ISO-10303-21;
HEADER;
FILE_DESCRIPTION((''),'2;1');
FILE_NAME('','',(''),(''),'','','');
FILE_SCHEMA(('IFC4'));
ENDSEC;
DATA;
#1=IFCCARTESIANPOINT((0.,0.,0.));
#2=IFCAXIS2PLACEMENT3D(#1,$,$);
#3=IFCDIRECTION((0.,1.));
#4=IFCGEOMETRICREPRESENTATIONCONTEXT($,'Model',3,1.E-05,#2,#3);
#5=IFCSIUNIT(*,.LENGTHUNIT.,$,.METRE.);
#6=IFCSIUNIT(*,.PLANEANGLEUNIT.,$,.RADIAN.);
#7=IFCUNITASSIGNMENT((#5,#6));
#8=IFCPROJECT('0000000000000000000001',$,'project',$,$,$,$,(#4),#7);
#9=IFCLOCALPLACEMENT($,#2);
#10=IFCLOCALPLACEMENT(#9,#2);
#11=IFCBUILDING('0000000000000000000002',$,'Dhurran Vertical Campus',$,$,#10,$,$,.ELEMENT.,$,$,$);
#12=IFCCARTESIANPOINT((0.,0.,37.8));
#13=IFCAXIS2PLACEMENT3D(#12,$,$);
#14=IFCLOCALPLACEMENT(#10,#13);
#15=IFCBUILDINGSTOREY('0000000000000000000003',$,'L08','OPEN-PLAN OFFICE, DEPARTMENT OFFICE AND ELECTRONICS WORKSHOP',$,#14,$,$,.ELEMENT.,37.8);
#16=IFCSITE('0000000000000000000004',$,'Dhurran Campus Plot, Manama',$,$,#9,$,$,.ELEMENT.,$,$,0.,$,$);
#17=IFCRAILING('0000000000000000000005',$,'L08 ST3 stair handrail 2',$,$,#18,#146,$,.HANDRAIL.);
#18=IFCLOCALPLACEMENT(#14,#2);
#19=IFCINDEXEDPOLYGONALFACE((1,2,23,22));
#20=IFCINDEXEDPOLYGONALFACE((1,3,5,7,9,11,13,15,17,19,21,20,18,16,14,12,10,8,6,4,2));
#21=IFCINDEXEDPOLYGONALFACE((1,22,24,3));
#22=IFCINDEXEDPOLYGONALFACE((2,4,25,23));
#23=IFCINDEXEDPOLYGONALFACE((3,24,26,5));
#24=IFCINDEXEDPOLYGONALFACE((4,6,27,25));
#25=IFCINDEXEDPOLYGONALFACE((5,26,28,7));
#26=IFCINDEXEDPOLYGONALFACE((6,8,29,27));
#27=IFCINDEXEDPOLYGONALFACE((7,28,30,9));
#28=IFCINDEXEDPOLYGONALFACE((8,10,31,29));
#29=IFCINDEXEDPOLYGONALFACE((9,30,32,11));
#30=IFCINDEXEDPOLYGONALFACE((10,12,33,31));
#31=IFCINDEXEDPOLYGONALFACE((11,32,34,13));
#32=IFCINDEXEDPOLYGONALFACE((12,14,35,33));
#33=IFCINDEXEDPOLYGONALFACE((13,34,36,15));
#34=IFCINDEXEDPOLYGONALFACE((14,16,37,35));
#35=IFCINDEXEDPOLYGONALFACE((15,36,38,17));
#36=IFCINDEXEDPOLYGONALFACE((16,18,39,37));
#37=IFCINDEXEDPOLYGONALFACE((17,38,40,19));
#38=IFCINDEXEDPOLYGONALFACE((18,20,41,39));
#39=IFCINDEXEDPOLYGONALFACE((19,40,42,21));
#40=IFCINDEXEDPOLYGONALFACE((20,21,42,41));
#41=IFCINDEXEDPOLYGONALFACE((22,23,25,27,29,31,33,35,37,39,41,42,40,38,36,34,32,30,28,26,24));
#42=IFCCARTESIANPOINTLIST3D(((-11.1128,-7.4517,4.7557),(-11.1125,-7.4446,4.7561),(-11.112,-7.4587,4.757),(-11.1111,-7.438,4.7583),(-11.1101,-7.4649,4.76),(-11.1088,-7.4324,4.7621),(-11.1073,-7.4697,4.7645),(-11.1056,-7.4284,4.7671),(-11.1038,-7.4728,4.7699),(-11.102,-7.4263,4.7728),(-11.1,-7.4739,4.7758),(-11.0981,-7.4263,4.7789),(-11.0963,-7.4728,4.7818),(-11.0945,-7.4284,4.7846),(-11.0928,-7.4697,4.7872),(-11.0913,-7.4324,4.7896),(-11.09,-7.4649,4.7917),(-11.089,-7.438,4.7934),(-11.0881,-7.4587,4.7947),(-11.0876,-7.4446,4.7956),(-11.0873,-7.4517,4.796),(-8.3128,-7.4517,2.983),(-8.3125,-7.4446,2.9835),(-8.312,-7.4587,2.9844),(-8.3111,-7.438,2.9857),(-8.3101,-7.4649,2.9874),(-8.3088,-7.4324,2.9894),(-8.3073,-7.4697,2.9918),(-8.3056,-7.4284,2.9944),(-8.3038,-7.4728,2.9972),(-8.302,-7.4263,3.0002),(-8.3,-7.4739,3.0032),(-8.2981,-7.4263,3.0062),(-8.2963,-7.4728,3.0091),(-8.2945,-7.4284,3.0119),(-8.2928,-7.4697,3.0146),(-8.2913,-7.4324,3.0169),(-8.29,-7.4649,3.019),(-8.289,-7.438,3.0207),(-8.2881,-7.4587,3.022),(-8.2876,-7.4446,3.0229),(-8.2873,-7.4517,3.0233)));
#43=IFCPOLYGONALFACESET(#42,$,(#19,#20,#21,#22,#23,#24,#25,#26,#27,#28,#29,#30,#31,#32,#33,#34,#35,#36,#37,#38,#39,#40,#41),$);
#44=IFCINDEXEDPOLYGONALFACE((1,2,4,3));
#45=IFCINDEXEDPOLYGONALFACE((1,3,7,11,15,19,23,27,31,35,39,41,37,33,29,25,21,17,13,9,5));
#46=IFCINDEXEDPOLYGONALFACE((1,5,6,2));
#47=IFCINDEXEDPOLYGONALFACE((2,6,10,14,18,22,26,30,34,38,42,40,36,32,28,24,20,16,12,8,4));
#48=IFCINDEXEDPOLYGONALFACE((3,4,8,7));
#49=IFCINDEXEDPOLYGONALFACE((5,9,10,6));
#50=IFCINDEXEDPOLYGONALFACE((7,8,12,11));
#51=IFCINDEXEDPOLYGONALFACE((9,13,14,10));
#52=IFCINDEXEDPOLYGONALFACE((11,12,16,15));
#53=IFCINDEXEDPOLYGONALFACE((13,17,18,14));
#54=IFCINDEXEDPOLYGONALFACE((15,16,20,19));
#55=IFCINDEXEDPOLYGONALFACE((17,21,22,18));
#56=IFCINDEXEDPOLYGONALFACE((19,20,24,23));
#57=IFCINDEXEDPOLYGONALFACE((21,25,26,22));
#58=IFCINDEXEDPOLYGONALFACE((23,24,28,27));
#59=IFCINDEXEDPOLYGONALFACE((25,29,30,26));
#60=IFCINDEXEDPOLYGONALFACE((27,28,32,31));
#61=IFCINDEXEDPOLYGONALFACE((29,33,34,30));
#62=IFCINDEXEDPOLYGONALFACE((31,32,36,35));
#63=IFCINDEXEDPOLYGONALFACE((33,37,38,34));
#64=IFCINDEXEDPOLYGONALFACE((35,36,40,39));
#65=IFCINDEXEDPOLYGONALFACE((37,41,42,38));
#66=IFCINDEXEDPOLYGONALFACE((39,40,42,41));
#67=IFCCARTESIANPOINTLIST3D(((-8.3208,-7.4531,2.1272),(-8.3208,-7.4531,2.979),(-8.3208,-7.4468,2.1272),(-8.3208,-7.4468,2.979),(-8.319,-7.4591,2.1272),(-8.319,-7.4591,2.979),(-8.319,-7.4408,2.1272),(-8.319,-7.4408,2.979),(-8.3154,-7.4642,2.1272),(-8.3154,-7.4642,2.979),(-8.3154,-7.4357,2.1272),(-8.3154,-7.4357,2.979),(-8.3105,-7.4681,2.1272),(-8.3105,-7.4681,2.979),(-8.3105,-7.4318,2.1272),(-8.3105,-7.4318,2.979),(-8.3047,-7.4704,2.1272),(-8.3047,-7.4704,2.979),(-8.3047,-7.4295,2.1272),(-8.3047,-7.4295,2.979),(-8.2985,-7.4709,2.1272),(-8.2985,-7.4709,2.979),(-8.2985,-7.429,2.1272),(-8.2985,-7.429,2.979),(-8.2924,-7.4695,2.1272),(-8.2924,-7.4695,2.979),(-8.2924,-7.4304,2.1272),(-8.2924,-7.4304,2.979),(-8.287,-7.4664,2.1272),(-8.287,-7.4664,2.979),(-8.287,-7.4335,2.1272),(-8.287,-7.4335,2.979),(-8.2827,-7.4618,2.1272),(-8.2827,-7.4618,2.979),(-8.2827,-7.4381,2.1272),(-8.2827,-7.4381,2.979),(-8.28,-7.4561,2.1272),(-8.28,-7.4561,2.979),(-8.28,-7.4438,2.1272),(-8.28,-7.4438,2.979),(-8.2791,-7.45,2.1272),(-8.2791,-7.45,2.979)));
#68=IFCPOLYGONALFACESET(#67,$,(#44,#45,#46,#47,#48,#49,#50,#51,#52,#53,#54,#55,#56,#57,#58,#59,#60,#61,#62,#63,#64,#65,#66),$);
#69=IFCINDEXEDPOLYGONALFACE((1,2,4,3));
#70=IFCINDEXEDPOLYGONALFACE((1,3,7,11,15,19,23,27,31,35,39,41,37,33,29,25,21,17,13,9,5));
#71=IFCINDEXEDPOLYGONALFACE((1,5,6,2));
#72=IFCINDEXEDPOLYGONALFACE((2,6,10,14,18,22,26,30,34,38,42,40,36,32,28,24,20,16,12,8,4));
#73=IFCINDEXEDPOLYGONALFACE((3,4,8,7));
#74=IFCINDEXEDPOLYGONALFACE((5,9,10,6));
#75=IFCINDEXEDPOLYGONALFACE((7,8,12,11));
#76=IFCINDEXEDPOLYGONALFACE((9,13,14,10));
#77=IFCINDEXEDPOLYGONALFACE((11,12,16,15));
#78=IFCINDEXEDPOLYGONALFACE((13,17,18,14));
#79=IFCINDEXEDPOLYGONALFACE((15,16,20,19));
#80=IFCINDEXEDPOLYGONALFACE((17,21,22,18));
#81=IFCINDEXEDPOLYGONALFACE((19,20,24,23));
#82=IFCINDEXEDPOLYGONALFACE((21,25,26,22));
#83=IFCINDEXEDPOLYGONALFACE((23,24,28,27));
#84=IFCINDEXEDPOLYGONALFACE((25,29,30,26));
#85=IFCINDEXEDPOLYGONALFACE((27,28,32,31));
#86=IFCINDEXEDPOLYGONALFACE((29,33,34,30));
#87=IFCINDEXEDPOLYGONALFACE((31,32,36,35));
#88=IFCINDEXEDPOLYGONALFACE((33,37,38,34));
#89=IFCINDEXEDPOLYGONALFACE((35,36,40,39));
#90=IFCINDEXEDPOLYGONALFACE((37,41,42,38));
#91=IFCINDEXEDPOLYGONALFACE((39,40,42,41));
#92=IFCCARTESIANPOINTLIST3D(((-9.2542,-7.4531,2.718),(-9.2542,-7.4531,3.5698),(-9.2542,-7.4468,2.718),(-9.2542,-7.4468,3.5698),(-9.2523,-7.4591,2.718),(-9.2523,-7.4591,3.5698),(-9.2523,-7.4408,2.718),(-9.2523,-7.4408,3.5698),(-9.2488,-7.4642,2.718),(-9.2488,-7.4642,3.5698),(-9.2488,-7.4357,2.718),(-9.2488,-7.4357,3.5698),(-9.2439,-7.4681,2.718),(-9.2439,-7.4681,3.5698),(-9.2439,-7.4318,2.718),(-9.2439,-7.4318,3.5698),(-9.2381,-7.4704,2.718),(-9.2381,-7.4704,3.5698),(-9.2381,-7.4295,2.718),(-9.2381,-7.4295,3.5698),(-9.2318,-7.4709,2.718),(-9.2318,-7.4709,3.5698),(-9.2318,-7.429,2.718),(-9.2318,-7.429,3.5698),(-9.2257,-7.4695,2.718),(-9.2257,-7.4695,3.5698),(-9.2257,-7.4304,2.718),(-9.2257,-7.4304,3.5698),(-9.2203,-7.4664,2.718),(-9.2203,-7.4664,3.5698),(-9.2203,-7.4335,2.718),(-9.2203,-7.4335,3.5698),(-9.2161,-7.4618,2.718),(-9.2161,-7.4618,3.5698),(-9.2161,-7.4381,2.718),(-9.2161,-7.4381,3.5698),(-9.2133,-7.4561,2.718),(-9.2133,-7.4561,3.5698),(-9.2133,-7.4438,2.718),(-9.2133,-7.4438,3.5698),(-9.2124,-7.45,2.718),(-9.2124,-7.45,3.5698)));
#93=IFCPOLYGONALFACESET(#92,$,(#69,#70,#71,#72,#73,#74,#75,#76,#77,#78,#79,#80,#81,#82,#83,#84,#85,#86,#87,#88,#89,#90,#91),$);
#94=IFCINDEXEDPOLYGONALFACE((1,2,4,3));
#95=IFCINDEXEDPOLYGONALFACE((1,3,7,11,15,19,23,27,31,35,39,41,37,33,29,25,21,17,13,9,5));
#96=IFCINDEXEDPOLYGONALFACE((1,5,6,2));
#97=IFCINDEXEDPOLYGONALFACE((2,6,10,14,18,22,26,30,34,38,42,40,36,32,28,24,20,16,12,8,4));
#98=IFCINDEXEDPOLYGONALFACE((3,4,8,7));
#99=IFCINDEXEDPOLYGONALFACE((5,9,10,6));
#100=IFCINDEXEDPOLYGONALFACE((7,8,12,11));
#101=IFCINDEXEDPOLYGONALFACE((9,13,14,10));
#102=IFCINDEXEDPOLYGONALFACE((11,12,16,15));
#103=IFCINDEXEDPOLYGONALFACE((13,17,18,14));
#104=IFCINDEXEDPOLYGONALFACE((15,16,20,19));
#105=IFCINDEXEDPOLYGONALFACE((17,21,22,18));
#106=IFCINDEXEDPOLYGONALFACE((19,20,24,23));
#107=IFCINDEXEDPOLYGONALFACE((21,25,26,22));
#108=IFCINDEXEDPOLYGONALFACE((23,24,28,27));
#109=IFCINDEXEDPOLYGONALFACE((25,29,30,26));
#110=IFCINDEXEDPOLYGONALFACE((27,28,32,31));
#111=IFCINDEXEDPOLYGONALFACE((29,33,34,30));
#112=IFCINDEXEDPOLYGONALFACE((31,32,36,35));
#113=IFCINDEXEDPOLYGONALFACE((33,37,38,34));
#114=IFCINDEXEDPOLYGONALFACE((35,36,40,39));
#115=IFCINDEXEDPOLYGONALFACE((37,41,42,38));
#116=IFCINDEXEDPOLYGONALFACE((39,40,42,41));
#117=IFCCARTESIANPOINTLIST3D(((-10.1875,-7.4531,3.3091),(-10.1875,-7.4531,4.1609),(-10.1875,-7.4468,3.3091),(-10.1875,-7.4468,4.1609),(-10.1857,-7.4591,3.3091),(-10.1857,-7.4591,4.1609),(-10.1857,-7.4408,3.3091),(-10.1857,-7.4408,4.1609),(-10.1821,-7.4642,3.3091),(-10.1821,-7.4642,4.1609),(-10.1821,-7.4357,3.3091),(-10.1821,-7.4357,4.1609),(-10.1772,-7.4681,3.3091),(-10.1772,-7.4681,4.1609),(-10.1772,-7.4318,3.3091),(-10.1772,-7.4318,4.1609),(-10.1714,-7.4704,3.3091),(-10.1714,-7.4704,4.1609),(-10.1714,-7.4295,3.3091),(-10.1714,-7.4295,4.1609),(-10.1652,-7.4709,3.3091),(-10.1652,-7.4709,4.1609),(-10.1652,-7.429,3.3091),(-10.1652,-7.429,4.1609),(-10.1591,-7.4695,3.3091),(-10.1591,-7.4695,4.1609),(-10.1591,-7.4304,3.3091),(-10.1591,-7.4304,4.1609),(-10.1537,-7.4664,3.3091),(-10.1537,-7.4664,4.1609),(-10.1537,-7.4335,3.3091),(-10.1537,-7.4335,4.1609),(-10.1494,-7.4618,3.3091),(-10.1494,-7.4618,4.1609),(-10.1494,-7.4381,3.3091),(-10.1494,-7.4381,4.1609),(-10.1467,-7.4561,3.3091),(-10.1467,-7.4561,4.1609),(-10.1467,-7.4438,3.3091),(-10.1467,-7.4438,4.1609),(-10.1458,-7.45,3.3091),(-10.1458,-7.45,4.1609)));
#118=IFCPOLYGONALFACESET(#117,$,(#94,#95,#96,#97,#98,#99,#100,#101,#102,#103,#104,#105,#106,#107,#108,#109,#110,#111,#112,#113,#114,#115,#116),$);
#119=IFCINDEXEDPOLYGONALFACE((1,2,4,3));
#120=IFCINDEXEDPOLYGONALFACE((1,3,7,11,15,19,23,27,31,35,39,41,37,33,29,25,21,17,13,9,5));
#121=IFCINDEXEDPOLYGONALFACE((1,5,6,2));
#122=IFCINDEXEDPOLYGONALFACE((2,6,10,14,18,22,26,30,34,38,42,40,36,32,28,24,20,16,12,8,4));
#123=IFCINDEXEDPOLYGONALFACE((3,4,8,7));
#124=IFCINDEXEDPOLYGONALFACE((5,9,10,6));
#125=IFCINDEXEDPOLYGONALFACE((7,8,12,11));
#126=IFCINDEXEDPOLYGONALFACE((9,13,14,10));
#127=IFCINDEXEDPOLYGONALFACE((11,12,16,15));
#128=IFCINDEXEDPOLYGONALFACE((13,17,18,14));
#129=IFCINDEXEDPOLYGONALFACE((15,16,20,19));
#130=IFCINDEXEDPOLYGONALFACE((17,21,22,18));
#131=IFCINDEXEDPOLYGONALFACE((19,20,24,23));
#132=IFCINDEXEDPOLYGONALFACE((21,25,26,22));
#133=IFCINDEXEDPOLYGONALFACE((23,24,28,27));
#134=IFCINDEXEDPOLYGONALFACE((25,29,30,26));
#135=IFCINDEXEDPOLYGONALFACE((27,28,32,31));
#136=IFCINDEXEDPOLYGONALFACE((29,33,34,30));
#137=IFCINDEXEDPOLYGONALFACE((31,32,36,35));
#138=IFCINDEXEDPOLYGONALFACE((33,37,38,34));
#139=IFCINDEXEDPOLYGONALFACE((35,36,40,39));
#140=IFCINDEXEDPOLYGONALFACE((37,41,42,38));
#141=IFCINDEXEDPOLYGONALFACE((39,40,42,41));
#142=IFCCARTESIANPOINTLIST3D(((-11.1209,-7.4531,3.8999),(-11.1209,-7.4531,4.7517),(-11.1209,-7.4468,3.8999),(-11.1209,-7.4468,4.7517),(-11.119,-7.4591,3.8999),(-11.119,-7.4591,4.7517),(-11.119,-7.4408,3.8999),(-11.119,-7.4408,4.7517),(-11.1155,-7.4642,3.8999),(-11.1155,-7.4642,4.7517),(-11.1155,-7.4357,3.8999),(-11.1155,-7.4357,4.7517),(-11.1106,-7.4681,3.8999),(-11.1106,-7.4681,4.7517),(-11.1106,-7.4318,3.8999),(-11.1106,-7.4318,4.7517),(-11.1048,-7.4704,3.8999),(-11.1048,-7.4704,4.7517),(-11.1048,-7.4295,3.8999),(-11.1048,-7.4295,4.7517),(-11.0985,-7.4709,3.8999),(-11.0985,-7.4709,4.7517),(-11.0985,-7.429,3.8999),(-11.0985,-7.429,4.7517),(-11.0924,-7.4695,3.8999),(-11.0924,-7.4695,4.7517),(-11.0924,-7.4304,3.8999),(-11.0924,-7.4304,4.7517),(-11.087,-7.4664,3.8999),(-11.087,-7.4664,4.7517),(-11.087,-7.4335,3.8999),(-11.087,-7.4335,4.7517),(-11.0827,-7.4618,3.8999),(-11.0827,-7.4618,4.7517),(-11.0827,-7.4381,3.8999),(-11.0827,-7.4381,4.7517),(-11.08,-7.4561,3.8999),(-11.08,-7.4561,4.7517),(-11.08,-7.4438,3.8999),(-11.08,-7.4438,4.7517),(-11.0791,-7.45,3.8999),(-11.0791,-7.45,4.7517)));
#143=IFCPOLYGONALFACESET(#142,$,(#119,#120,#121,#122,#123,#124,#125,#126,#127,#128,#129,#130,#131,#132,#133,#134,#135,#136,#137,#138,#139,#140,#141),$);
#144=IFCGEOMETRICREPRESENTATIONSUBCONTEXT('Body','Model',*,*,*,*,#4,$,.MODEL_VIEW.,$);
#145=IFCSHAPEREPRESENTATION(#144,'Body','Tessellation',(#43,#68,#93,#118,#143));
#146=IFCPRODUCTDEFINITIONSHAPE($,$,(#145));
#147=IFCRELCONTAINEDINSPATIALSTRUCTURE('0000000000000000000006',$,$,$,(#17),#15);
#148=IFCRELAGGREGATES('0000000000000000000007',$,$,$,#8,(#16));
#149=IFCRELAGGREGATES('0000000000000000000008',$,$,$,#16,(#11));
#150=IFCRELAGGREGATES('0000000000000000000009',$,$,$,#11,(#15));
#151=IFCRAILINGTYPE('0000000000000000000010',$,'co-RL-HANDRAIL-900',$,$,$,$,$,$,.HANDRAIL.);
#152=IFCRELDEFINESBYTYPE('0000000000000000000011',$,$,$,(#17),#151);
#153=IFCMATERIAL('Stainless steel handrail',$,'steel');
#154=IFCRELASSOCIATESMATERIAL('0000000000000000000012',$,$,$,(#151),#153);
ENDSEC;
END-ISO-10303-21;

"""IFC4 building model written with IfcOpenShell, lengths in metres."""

from ifc_helpers import new_model, si_unit, direction, frame, origin, origin_2d, place, context, subcontext, project, spatial, circle, extrude, material, type_object, element, save


model = new_model("IFC4")

# Units and contexts
model_context = context("Model", 3, precision=1e-05, world=origin(), true_north=direction((0.0, 1.0)))
body_context = subcontext(model_context, "Body", "Model", "MODEL_VIEW")
ifc_project = project(units=[si_unit("LENGTHUNIT", "METRE"), si_unit("PLANEANGLEUNIT", "RADIAN")], contexts=[model_context])

# Site, building, storey
site_placement = place(None, origin())
site = spatial("IfcSite", under=ifc_project, at=site_placement, Name="Dhurran Campus Plot, Manama", CompositionType="ELEMENT", RefElevation=0.0)
building_placement = place(site_placement, origin())
building = spatial("IfcBuilding", under=site, at=building_placement, Name="Dhurran Vertical Campus", CompositionType="ELEMENT")
storey_placement = place(building_placement, frame((0.0, 0.0, 37.8)))
storey = spatial("IfcBuildingStorey", under=building, at=storey_placement, Name="L08", Description="OPEN-PLAN OFFICE, DEPARTMENT OFFICE AND ELECTRONICS WORKSHOP", CompositionType="ELEMENT", Elevation=37.8)

# Railing
ifc_material_1 = material(Name="Stainless steel handrail", Category="steel")
railing_type_1 = type_object("IfcRailingType", Name="co-RL-HANDRAIL-900", PredefinedType="HANDRAIL", material=ifc_material_1)
railing_1_placement = place(storey_placement, frame((-8.3, -7.45, 2.1272)))
element("IfcRailing", 1, at=railing_1_placement, inside=storey, type_object=railing_type_1, Name="L08 ST3 stair handrail 2", PredefinedType="HANDRAIL", context=body_context, shape_type="SweptSolid", body=[
    extrude(circle(Radius=0.0239, at=origin_2d()), frame((0.0, 0.0, 0.876), z_axis=(-0.844909, 0.0, 0.53491), x_axis=(0.0, -1.0, 0.0)), (0.0, 0.0, 1.0), 3.314),
    extrude(circle(Radius=0.021, at=origin_2d()), origin(), (0.0, 0.0, 1.0), 0.8518),
    extrude(circle(Radius=0.021, at=origin_2d()), frame((-0.9333, 0.0, 0.5908)), (0.0, 0.0, 1.0), 0.8518),
    extrude(circle(Radius=0.021, at=origin_2d()), frame((-1.8667, 0.0, 1.1819)), (0.0, 0.0, 1.0), 0.8518),
    extrude(circle(Radius=0.021, at=origin_2d()), frame((-2.8, 0.0, 1.7727)), (0.0, 0.0, 1.0), 0.8518),
])

save(model, "model.ifc")
